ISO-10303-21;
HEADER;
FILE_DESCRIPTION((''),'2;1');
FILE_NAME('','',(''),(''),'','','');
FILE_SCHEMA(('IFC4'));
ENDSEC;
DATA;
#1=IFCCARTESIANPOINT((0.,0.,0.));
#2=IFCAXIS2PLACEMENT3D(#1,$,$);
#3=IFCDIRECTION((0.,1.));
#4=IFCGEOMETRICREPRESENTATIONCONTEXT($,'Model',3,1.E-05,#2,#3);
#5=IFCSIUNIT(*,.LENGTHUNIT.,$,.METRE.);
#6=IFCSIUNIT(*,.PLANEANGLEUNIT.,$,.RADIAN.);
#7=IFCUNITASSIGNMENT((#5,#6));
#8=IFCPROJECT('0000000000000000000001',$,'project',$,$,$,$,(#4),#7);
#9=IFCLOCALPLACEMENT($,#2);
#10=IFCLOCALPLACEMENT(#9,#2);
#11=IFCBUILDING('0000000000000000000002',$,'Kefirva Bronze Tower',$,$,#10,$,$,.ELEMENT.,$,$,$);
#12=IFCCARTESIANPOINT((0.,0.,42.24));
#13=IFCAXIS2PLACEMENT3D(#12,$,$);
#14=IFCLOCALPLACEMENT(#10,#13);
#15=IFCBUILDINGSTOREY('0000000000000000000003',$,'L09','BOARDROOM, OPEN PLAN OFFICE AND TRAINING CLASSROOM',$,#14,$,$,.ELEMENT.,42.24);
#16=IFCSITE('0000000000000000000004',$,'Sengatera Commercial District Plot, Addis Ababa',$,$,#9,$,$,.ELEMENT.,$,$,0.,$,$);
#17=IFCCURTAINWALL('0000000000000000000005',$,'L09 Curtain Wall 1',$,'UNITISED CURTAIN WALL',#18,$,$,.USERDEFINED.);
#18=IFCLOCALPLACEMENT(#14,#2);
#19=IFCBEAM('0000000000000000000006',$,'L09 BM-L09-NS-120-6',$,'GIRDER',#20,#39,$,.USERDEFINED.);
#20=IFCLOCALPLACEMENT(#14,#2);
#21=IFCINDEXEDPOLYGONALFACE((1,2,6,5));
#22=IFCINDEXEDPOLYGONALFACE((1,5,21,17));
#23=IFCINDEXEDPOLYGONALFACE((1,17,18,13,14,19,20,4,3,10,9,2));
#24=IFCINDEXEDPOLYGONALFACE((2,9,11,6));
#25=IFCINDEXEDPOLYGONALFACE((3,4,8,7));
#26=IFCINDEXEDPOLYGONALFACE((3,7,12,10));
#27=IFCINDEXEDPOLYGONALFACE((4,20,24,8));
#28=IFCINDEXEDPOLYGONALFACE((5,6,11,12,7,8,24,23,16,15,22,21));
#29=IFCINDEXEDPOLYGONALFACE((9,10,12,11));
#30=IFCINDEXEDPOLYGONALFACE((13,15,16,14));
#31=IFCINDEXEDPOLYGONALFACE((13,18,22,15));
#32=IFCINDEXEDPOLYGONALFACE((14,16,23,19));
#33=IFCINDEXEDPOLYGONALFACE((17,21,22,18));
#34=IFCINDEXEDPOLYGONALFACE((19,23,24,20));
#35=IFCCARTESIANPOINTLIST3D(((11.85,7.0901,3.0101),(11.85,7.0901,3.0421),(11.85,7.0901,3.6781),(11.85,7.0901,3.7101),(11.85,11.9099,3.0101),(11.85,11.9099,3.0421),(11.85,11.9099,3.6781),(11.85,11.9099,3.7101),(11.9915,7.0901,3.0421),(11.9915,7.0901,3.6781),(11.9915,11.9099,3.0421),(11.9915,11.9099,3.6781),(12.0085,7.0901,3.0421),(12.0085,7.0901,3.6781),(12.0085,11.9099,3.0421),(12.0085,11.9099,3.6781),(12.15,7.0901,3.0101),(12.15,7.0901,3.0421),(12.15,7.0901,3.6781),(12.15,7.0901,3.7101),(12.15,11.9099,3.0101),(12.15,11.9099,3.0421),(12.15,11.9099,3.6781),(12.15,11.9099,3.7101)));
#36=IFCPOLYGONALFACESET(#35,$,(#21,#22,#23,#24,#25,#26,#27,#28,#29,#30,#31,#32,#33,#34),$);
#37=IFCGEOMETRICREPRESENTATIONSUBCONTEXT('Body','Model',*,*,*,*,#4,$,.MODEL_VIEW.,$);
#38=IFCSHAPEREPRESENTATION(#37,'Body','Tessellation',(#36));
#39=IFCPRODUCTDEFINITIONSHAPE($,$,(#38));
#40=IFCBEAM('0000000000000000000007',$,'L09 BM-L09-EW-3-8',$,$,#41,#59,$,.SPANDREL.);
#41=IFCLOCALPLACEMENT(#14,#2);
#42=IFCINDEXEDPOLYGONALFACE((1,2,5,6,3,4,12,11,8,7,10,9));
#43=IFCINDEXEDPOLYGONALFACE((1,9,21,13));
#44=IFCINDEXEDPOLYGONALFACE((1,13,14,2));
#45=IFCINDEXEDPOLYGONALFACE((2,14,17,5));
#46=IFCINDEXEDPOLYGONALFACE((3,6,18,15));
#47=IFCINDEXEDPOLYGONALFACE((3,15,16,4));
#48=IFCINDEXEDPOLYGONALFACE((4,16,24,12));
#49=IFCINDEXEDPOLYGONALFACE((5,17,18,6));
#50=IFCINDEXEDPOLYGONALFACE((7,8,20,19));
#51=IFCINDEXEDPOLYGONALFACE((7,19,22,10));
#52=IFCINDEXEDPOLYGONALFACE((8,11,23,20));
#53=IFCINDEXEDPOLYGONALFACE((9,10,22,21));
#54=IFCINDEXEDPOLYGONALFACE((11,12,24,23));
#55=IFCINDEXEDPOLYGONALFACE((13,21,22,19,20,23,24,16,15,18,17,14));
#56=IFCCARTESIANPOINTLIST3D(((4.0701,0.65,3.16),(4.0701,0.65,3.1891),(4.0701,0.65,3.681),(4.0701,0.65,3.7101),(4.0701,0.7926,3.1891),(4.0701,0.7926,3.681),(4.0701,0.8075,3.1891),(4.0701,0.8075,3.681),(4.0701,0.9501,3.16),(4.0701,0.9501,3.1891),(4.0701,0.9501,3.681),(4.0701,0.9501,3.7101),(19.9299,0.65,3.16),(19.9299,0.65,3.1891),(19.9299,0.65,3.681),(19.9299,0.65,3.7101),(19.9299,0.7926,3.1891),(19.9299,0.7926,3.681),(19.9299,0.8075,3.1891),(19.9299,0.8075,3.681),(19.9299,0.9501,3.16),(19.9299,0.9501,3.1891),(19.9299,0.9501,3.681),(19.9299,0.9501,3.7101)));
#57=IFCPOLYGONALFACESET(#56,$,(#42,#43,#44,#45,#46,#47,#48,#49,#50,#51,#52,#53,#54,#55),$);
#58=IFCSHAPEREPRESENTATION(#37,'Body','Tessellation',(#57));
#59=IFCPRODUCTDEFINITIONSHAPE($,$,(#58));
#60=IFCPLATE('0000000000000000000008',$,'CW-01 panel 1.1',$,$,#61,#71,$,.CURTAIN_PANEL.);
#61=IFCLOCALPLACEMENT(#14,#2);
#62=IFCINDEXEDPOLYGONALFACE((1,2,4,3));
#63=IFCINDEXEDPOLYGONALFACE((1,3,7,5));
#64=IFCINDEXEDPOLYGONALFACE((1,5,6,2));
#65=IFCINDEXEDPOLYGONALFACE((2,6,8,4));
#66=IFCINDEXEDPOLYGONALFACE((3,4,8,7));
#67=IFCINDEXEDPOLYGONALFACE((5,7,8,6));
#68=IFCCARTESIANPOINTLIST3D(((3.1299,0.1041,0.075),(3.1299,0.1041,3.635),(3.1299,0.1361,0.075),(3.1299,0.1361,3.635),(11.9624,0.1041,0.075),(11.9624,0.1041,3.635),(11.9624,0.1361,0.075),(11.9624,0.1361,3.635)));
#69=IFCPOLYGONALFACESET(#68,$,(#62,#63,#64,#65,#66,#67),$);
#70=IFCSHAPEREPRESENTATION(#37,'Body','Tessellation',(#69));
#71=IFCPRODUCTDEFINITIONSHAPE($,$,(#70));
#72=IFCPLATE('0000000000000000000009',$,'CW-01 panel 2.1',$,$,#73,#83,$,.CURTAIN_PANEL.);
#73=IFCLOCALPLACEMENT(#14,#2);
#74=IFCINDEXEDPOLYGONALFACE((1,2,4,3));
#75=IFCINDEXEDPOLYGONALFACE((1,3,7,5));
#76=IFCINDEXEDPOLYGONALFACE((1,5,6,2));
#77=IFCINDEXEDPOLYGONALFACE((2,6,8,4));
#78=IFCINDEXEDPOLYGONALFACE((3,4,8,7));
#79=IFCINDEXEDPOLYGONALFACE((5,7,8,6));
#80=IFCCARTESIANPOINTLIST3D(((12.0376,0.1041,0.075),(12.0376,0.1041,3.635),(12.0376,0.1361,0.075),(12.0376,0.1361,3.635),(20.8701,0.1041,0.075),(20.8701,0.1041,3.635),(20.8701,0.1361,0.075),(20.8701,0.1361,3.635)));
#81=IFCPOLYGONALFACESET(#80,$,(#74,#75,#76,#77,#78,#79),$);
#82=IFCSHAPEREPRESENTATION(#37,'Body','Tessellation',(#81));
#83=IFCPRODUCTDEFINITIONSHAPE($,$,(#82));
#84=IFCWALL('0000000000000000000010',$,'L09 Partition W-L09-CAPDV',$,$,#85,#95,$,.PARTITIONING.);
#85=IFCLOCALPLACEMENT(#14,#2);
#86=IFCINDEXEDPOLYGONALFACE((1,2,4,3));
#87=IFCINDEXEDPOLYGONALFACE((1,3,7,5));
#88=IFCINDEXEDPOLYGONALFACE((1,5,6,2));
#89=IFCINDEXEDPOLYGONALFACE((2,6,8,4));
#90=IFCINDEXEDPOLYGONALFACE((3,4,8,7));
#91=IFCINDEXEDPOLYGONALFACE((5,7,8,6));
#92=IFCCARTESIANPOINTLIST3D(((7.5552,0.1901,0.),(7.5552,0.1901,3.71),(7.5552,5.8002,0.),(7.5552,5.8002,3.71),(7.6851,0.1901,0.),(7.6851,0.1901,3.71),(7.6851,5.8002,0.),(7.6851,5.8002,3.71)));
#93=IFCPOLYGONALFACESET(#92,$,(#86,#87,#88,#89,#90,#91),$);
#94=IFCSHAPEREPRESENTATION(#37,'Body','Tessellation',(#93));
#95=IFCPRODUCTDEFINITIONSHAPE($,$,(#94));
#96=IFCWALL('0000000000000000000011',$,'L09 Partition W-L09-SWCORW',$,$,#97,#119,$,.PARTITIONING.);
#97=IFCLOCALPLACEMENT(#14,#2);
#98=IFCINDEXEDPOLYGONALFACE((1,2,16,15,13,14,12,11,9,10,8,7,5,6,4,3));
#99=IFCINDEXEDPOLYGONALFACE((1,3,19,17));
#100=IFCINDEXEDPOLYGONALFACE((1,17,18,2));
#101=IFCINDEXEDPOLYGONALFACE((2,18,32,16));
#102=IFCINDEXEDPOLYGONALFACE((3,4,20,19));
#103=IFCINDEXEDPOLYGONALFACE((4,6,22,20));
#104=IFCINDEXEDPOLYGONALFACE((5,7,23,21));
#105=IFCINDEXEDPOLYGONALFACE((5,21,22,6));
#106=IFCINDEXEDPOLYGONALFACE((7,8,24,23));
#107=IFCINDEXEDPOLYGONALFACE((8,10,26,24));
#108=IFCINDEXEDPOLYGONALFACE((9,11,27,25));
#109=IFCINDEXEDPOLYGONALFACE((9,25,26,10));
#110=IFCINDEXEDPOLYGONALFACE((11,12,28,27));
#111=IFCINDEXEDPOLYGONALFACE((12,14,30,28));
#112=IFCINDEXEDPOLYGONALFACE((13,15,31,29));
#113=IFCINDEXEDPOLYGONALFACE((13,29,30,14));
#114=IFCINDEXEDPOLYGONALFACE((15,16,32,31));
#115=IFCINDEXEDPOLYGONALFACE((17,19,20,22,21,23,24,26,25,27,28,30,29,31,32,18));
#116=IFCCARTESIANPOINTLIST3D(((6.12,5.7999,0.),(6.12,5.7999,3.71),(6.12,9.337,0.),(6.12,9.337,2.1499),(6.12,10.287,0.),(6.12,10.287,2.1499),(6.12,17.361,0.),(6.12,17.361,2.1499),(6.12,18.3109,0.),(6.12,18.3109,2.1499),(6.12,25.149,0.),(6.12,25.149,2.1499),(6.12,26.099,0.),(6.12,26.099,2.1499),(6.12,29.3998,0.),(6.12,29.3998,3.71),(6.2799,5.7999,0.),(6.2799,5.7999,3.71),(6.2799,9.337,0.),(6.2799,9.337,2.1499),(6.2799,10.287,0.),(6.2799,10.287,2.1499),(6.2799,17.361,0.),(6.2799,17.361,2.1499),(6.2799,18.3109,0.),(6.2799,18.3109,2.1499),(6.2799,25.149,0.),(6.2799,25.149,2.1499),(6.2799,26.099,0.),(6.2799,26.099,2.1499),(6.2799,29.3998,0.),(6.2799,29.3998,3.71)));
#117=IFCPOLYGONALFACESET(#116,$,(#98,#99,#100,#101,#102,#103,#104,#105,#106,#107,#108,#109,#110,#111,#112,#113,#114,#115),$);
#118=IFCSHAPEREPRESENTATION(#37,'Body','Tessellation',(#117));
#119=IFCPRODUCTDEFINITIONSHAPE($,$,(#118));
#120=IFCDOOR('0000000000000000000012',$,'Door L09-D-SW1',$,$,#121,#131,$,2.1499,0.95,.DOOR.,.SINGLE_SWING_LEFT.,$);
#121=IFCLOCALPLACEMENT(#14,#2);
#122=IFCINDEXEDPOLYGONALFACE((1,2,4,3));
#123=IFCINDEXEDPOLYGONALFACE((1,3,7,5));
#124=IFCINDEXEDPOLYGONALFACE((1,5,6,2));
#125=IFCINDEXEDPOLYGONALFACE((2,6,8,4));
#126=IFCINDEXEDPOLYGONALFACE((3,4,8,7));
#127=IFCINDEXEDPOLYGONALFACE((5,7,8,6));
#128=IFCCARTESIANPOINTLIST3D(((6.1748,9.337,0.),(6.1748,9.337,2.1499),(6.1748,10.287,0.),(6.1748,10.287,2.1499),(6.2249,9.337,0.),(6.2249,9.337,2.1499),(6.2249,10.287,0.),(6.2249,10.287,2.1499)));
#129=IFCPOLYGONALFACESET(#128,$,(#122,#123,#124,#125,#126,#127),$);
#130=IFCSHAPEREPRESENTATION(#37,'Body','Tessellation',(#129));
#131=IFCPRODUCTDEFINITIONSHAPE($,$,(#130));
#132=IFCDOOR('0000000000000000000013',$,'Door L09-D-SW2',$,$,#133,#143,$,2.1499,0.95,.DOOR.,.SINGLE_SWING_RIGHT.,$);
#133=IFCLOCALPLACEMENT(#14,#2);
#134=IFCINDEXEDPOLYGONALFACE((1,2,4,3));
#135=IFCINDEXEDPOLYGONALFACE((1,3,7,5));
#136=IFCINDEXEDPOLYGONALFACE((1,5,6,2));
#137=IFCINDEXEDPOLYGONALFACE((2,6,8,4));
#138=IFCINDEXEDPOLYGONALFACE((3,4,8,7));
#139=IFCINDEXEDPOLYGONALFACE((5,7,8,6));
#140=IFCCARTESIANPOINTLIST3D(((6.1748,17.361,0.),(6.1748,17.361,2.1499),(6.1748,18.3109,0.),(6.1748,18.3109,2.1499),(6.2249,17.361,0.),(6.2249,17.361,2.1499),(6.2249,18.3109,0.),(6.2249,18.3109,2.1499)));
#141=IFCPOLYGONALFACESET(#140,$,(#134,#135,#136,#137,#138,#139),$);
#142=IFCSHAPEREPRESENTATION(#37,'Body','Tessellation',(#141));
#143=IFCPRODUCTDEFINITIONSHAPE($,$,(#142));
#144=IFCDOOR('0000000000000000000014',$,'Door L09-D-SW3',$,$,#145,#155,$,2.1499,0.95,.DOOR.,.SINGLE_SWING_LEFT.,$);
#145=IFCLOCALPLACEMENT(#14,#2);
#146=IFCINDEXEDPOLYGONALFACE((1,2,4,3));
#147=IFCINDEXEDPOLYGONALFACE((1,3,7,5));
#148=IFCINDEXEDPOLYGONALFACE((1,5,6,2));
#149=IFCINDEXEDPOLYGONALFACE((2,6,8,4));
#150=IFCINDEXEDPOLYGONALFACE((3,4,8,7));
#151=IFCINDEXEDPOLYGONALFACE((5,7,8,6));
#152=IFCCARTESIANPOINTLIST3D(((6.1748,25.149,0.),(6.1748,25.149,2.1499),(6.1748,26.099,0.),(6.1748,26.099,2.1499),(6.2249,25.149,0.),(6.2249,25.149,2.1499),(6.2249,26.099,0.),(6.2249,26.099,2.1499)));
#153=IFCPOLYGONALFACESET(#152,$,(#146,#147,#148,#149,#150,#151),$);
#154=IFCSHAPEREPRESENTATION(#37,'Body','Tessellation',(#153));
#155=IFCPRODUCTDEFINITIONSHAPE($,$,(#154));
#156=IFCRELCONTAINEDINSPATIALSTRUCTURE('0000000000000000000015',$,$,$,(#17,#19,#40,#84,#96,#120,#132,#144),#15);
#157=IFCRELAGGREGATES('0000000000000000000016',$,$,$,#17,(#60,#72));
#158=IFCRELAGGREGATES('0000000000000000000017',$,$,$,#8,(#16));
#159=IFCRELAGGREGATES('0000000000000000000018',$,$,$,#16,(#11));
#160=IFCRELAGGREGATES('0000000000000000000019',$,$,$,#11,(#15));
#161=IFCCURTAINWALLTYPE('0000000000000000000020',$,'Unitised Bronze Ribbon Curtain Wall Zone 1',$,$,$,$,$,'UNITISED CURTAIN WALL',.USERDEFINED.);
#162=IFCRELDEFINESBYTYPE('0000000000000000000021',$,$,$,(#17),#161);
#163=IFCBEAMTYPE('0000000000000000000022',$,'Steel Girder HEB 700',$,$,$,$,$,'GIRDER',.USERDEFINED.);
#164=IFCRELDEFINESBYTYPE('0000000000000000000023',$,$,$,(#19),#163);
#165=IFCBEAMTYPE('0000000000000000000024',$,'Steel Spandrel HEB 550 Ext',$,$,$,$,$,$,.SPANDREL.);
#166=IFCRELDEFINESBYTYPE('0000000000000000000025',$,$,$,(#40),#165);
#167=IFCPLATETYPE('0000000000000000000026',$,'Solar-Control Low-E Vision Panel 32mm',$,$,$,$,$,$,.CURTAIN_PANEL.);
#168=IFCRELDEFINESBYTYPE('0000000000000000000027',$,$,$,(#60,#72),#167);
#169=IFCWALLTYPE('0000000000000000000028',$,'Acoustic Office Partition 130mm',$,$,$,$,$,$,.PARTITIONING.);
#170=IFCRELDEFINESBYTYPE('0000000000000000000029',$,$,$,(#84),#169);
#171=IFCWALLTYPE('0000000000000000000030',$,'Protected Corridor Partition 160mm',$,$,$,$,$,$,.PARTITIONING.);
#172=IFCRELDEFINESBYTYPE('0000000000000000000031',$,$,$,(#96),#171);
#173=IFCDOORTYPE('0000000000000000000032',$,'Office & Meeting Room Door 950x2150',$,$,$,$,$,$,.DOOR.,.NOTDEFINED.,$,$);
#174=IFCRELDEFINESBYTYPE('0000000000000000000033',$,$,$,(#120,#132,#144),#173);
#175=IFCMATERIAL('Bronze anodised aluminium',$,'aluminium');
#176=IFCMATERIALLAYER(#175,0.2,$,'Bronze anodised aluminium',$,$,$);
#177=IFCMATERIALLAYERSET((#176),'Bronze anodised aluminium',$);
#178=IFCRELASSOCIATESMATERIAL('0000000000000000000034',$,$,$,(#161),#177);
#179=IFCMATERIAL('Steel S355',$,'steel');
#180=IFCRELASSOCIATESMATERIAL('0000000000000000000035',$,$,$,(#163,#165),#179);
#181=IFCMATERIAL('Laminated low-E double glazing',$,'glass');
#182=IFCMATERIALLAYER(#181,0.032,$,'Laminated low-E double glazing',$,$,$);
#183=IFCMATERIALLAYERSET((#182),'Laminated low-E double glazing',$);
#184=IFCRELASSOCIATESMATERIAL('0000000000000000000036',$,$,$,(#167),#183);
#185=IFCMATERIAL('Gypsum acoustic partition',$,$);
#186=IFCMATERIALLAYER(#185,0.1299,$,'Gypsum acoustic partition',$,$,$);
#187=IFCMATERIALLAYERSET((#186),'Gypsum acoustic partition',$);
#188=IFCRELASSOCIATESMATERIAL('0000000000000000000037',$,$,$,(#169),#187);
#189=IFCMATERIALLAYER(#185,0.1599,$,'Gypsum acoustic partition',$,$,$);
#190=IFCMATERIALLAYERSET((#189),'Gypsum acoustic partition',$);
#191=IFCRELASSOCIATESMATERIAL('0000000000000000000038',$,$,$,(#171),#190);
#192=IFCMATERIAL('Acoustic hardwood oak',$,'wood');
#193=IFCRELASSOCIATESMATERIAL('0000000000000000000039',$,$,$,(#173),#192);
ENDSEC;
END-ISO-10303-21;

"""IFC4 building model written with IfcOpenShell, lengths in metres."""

from ifc_helpers import new_model, si_unit, direction, frame, frame_2d, origin, origin_2d, place, context, subcontext, project, spatial, rectangle, i_section, extrude, material, layer, layer_set, material_profile, profile_set, type_object, element, fill, aggregate, save


model = new_model("IFC4")

# Units and contexts
model_context = context("Model", 3, precision=1e-05, world=origin(), true_north=direction((0.0, 1.0)))
body_context = subcontext(model_context, "Body", "Model", "MODEL_VIEW")
ifc_project = project(units=[si_unit("LENGTHUNIT", "METRE"), si_unit("PLANEANGLEUNIT", "RADIAN")], contexts=[model_context])

# Site, building, storey
site_placement = place(None, origin())
site = spatial("IfcSite", under=ifc_project, at=site_placement, Name="Sengatera Commercial District Plot, Addis Ababa", CompositionType="ELEMENT", RefElevation=0.0)
building_placement = place(site_placement, origin())
building = spatial("IfcBuilding", under=site, at=building_placement, Name="Kefirva Bronze Tower", CompositionType="ELEMENT")
storey_placement = place(building_placement, frame((0.0, 0.0, 42.24)))
storey = spatial("IfcBuildingStorey", under=building, at=storey_placement, Name="L09", Description="BOARDROOM, OPEN PLAN OFFICE AND TRAINING CLASSROOM", CompositionType="ELEMENT", Elevation=42.24)

# Curtain wall
ifc_material_1 = material(Name="Bronze anodised aluminium", Category="aluminium")
ifc_layer_1 = layer(ifc_material_1, 0.2, Name="Bronze anodised aluminium")
ifc_layer_set_1 = layer_set([ifc_layer_1], Name="Bronze anodised aluminium")
curtain_wall_type = type_object("IfcCurtainWallType", Name="Unitised Bronze Ribbon Curtain Wall Zone 1", ElementType="UNITISED CURTAIN WALL", PredefinedType="USERDEFINED", material=ifc_layer_set_1)
curtain_wall_placement = place(storey_placement, origin())
curtain_wall = element("IfcCurtainWall", 1, at=curtain_wall_placement, inside=storey, type_object=curtain_wall_type, Name="L09 Curtain Wall 1", ObjectType="UNITISED CURTAIN WALL", PredefinedType="USERDEFINED")

# Beams
ifc_material_2 = material(Name="Steel S355", Category="steel")
ifc_material_profile_1 = material_profile(ifc_material_2, i_section(OverallWidth=0.3, OverallDepth=0.7, WebThickness=0.0171, FlangeThickness=0.032, at=origin_2d()), Name="HEB 700")
ifc_profile_set_1 = profile_set([ifc_material_profile_1], Name="Steel S355")
beam_type_1 = type_object("IfcBeamType", Name="Steel Girder HEB 700", ElementType="GIRDER", PredefinedType="USERDEFINED", material=ifc_profile_set_1)
beam_1_placement = place(storey_placement, frame((12.0, 7.0901, 3.3601), z_axis=(0.0, 1.0, 0.0), x_axis=(-1.0, 0.0, 0.0)))
element("IfcBeam", 2, at=beam_1_placement, inside=storey, type_object=beam_type_1, Name="L09 BM-L09-NS-120-6", ObjectType="GIRDER", PredefinedType="USERDEFINED", context=body_context, shape_type="SweptSolid", body=[
    extrude(i_section(OverallWidth=0.3, OverallDepth=0.7, WebThickness=0.0171, FlangeThickness=0.032, at=origin_2d()), origin(), (0.0, 0.0, 1.0), 4.8198),
])
ifc_material_profile_2 = material_profile(ifc_material_2, i_section(OverallWidth=0.3, OverallDepth=0.55, WebThickness=0.0149, FlangeThickness=0.0291, at=origin_2d()), Name="HEB 550")
ifc_profile_set_2 = profile_set([ifc_material_profile_2], Name="Steel S355")
beam_type_2 = type_object("IfcBeamType", Name="Steel Spandrel HEB 550 Ext", PredefinedType="SPANDREL", material=ifc_profile_set_2)
beam_2_placement = place(storey_placement, frame((4.0701, 0.8, 3.4351), z_axis=(1.0, 0.0, 0.0), x_axis=(0.0, 1.0, 0.0)))
element("IfcBeam", 3, at=beam_2_placement, inside=storey, type_object=beam_type_2, Name="L09 BM-L09-EW-3-8", PredefinedType="SPANDREL", context=body_context, shape_type="SweptSolid", body=[
    extrude(i_section(OverallWidth=0.3, OverallDepth=0.55, WebThickness=0.0149, FlangeThickness=0.0291, at=origin_2d()), origin(), (0.0, 0.0, 1.0), 15.8599),
])

# Plates
ifc_material_3 = material(Name="Laminated low-E double glazing", Category="glass")
ifc_layer_2 = layer(ifc_material_3, 0.032, Name="Laminated low-E double glazing")
ifc_layer_set_2 = layer_set([ifc_layer_2], Name="Laminated low-E double glazing")
plate_type = type_object("IfcPlateType", Name="Solar-Control Low-E Vision Panel 32mm", PredefinedType="CURTAIN_PANEL", material=ifc_layer_set_2)
plate_1_placement = place(storey_placement, frame((7.5461, 0.1201, 0.075), z_axis=(0.0, 0.0, 1.0), x_axis=(1.0, 0.0, 0.0)))
plate_1 = element("IfcPlate", 4, at=plate_1_placement, type_object=plate_type, Name="CW-01 panel 1.1", PredefinedType="CURTAIN_PANEL", context=body_context, shape_type="SweptSolid", body=[
    extrude(rectangle(XDim=8.8325, YDim=0.032, at=origin_2d()), origin(), (0.0, 0.0, 1.0), 3.5601),
])
plate_2_placement = place(storey_placement, frame((16.4539, 0.1201, 0.075), z_axis=(0.0, 0.0, 1.0), x_axis=(1.0, 0.0, 0.0)))
plate_2 = element("IfcPlate", 5, at=plate_2_placement, type_object=plate_type, Name="CW-01 panel 2.1", PredefinedType="CURTAIN_PANEL", context=body_context, shape_type="SweptSolid", body=[
    extrude(rectangle(XDim=8.8325, YDim=0.032, at=origin_2d()), origin(), (0.0, 0.0, 1.0), 3.5601),
])
aggregate(curtain_wall, [plate_1, plate_2])

# Wall
ifc_material_4 = material(Name="Gypsum acoustic partition")
ifc_layer_3 = layer(ifc_material_4, 0.1299, Name="Gypsum acoustic partition")
ifc_layer_set_3 = layer_set([ifc_layer_3], Name="Gypsum acoustic partition")
wall_type_1 = type_object("IfcWallType", Name="Acoustic Office Partition 130mm", PredefinedType="PARTITIONING", material=ifc_layer_set_3)
wall_1_placement = place(storey_placement, frame((7.6201, 0.1899, 0.0), z_axis=(0.0, 0.0, 1.0), x_axis=(0.0, 1.0, 0.0)))
element("IfcWall", 6, at=wall_1_placement, inside=storey, type_object=wall_type_1, Name="L09 Partition W-L09-CAPDV", PredefinedType="PARTITIONING", context=body_context, shape_type="SweptSolid", body=[
    extrude(rectangle(XDim=5.6101, YDim=0.1299, at=frame_2d((2.8052, 0.0))), origin(), (0.0, 0.0, 1.0), 3.71),
])

# Wall, openings, doors
ifc_layer_4 = layer(ifc_material_4, 0.1599, Name="Gypsum acoustic partition")
ifc_layer_set_4 = layer_set([ifc_layer_4], Name="Gypsum acoustic partition")
wall_type_2 = type_object("IfcWallType", Name="Protected Corridor Partition 160mm", PredefinedType="PARTITIONING", material=ifc_layer_set_4)
wall_2_placement = place(storey_placement, frame((6.2, 5.8, 0.0), z_axis=(0.0, 0.0, 1.0), x_axis=(0.0, 1.0, 0.0)))
wall_2 = element("IfcWall", 7, at=wall_2_placement, inside=storey, type_object=wall_type_2, Name="L09 Partition W-L09-SWCORW", PredefinedType="PARTITIONING", context=body_context, shape_type="SweptSolid", body=[
    extrude(rectangle(XDim=23.5999, YDim=0.1599, at=frame_2d((11.7998, 0.0))), origin(), (0.0, 0.0, 1.0), 3.71),
])
opening_1_placement = place(wall_2_placement, frame((4.4871, 0.0, 0.0), z_axis=(0.0, 0.0, 1.0), x_axis=(-1.0, 0.0, 0.0)))
opening_1 = element("IfcOpeningElement", 8, at=opening_1_placement, cuts=wall_2, PredefinedType="OPENING", context=body_context, shape_type="SweptSolid", body=[
    extrude(rectangle(XDim=0.95, YDim=2.1499, at=frame_2d((0.4751, 1.075))), frame((0.0, 0.0898, 0.0), z_axis=(0.0, -1.0, 0.0), x_axis=(1.0, 0.0, 0.0)), (0.0, 0.0, 1.0), 0.1799),
])
opening_2_placement = place(wall_2_placement, frame((12.511, 0.0, 0.0), z_axis=(0.0, 0.0, 1.0), x_axis=(-1.0, 0.0, 0.0)))
opening_2 = element("IfcOpeningElement", 9, at=opening_2_placement, cuts=wall_2, PredefinedType="OPENING", context=body_context, shape_type="SweptSolid", body=[
    extrude(rectangle(XDim=0.95, YDim=2.1499, at=frame_2d((0.4751, 1.075))), frame((0.0, 0.0898, 0.0), z_axis=(0.0, -1.0, 0.0), x_axis=(1.0, 0.0, 0.0)), (0.0, 0.0, 1.0), 0.1799),
])
opening_3_placement = place(wall_2_placement, frame((20.2991, 0.0, 0.0), z_axis=(0.0, 0.0, 1.0), x_axis=(-1.0, 0.0, 0.0)))
opening_3 = element("IfcOpeningElement", 10, at=opening_3_placement, cuts=wall_2, PredefinedType="OPENING", context=body_context, shape_type="SweptSolid", body=[
    extrude(rectangle(XDim=0.95, YDim=2.1499, at=frame_2d((0.4751, 1.075))), frame((0.0, 0.0898, 0.0), z_axis=(0.0, -1.0, 0.0), x_axis=(1.0, 0.0, 0.0)), (0.0, 0.0, 1.0), 0.1799),
])
ifc_material_5 = material(Name="Acoustic hardwood oak", Category="wood")
door_type = type_object("IfcDoorType", Name="Office & Meeting Room Door 950x2150", OperationType="NOTDEFINED", PredefinedType="DOOR", material=ifc_material_5)
door_1_placement = place(opening_1_placement, origin())
door_1 = element("IfcDoor", 11, at=door_1_placement, inside=storey, type_object=door_type, Name="Door L09-D-SW1", OperationType="SINGLE_SWING_LEFT", OverallHeight=2.1499, OverallWidth=0.95, PredefinedType="DOOR", context=body_context, shape_type="SweptSolid", body=[
    extrude(rectangle(XDim=0.95, YDim=2.1499, at=frame_2d((0.4751, 1.075))), frame((0.0, 0.0249, 0.0), z_axis=(0.0, -1.0, 0.0), x_axis=(1.0, 0.0, 0.0)), (0.0, 0.0, 1.0), 0.05),
])
fill(opening_1, door_1)
door_2_placement = place(opening_2_placement, origin())
door_2 = element("IfcDoor", 12, at=door_2_placement, inside=storey, type_object=door_type, Name="Door L09-D-SW2", OperationType="SINGLE_SWING_RIGHT", OverallHeight=2.1499, OverallWidth=0.95, PredefinedType="DOOR", context=body_context, shape_type="SweptSolid", body=[
    extrude(rectangle(XDim=0.95, YDim=2.1499, at=frame_2d((0.4751, 1.075))), frame((0.0, 0.0249, 0.0), z_axis=(0.0, -1.0, 0.0), x_axis=(1.0, 0.0, 0.0)), (0.0, 0.0, 1.0), 0.05),
])
fill(opening_2, door_2)
door_3_placement = place(opening_3_placement, origin())
door_3 = element("IfcDoor", 13, at=door_3_placement, inside=storey, type_object=door_type, Name="Door L09-D-SW3", OperationType="SINGLE_SWING_LEFT", OverallHeight=2.1499, OverallWidth=0.95, PredefinedType="DOOR", context=body_context, shape_type="SweptSolid", body=[
    extrude(rectangle(XDim=0.95, YDim=2.1499, at=frame_2d((0.4751, 1.075))), frame((0.0, 0.0249, 0.0), z_axis=(0.0, -1.0, 0.0), x_axis=(1.0, 0.0, 0.0)), (0.0, 0.0, 1.0), 0.05),
])
fill(opening_3, door_3)

save(model, "model.ifc")
